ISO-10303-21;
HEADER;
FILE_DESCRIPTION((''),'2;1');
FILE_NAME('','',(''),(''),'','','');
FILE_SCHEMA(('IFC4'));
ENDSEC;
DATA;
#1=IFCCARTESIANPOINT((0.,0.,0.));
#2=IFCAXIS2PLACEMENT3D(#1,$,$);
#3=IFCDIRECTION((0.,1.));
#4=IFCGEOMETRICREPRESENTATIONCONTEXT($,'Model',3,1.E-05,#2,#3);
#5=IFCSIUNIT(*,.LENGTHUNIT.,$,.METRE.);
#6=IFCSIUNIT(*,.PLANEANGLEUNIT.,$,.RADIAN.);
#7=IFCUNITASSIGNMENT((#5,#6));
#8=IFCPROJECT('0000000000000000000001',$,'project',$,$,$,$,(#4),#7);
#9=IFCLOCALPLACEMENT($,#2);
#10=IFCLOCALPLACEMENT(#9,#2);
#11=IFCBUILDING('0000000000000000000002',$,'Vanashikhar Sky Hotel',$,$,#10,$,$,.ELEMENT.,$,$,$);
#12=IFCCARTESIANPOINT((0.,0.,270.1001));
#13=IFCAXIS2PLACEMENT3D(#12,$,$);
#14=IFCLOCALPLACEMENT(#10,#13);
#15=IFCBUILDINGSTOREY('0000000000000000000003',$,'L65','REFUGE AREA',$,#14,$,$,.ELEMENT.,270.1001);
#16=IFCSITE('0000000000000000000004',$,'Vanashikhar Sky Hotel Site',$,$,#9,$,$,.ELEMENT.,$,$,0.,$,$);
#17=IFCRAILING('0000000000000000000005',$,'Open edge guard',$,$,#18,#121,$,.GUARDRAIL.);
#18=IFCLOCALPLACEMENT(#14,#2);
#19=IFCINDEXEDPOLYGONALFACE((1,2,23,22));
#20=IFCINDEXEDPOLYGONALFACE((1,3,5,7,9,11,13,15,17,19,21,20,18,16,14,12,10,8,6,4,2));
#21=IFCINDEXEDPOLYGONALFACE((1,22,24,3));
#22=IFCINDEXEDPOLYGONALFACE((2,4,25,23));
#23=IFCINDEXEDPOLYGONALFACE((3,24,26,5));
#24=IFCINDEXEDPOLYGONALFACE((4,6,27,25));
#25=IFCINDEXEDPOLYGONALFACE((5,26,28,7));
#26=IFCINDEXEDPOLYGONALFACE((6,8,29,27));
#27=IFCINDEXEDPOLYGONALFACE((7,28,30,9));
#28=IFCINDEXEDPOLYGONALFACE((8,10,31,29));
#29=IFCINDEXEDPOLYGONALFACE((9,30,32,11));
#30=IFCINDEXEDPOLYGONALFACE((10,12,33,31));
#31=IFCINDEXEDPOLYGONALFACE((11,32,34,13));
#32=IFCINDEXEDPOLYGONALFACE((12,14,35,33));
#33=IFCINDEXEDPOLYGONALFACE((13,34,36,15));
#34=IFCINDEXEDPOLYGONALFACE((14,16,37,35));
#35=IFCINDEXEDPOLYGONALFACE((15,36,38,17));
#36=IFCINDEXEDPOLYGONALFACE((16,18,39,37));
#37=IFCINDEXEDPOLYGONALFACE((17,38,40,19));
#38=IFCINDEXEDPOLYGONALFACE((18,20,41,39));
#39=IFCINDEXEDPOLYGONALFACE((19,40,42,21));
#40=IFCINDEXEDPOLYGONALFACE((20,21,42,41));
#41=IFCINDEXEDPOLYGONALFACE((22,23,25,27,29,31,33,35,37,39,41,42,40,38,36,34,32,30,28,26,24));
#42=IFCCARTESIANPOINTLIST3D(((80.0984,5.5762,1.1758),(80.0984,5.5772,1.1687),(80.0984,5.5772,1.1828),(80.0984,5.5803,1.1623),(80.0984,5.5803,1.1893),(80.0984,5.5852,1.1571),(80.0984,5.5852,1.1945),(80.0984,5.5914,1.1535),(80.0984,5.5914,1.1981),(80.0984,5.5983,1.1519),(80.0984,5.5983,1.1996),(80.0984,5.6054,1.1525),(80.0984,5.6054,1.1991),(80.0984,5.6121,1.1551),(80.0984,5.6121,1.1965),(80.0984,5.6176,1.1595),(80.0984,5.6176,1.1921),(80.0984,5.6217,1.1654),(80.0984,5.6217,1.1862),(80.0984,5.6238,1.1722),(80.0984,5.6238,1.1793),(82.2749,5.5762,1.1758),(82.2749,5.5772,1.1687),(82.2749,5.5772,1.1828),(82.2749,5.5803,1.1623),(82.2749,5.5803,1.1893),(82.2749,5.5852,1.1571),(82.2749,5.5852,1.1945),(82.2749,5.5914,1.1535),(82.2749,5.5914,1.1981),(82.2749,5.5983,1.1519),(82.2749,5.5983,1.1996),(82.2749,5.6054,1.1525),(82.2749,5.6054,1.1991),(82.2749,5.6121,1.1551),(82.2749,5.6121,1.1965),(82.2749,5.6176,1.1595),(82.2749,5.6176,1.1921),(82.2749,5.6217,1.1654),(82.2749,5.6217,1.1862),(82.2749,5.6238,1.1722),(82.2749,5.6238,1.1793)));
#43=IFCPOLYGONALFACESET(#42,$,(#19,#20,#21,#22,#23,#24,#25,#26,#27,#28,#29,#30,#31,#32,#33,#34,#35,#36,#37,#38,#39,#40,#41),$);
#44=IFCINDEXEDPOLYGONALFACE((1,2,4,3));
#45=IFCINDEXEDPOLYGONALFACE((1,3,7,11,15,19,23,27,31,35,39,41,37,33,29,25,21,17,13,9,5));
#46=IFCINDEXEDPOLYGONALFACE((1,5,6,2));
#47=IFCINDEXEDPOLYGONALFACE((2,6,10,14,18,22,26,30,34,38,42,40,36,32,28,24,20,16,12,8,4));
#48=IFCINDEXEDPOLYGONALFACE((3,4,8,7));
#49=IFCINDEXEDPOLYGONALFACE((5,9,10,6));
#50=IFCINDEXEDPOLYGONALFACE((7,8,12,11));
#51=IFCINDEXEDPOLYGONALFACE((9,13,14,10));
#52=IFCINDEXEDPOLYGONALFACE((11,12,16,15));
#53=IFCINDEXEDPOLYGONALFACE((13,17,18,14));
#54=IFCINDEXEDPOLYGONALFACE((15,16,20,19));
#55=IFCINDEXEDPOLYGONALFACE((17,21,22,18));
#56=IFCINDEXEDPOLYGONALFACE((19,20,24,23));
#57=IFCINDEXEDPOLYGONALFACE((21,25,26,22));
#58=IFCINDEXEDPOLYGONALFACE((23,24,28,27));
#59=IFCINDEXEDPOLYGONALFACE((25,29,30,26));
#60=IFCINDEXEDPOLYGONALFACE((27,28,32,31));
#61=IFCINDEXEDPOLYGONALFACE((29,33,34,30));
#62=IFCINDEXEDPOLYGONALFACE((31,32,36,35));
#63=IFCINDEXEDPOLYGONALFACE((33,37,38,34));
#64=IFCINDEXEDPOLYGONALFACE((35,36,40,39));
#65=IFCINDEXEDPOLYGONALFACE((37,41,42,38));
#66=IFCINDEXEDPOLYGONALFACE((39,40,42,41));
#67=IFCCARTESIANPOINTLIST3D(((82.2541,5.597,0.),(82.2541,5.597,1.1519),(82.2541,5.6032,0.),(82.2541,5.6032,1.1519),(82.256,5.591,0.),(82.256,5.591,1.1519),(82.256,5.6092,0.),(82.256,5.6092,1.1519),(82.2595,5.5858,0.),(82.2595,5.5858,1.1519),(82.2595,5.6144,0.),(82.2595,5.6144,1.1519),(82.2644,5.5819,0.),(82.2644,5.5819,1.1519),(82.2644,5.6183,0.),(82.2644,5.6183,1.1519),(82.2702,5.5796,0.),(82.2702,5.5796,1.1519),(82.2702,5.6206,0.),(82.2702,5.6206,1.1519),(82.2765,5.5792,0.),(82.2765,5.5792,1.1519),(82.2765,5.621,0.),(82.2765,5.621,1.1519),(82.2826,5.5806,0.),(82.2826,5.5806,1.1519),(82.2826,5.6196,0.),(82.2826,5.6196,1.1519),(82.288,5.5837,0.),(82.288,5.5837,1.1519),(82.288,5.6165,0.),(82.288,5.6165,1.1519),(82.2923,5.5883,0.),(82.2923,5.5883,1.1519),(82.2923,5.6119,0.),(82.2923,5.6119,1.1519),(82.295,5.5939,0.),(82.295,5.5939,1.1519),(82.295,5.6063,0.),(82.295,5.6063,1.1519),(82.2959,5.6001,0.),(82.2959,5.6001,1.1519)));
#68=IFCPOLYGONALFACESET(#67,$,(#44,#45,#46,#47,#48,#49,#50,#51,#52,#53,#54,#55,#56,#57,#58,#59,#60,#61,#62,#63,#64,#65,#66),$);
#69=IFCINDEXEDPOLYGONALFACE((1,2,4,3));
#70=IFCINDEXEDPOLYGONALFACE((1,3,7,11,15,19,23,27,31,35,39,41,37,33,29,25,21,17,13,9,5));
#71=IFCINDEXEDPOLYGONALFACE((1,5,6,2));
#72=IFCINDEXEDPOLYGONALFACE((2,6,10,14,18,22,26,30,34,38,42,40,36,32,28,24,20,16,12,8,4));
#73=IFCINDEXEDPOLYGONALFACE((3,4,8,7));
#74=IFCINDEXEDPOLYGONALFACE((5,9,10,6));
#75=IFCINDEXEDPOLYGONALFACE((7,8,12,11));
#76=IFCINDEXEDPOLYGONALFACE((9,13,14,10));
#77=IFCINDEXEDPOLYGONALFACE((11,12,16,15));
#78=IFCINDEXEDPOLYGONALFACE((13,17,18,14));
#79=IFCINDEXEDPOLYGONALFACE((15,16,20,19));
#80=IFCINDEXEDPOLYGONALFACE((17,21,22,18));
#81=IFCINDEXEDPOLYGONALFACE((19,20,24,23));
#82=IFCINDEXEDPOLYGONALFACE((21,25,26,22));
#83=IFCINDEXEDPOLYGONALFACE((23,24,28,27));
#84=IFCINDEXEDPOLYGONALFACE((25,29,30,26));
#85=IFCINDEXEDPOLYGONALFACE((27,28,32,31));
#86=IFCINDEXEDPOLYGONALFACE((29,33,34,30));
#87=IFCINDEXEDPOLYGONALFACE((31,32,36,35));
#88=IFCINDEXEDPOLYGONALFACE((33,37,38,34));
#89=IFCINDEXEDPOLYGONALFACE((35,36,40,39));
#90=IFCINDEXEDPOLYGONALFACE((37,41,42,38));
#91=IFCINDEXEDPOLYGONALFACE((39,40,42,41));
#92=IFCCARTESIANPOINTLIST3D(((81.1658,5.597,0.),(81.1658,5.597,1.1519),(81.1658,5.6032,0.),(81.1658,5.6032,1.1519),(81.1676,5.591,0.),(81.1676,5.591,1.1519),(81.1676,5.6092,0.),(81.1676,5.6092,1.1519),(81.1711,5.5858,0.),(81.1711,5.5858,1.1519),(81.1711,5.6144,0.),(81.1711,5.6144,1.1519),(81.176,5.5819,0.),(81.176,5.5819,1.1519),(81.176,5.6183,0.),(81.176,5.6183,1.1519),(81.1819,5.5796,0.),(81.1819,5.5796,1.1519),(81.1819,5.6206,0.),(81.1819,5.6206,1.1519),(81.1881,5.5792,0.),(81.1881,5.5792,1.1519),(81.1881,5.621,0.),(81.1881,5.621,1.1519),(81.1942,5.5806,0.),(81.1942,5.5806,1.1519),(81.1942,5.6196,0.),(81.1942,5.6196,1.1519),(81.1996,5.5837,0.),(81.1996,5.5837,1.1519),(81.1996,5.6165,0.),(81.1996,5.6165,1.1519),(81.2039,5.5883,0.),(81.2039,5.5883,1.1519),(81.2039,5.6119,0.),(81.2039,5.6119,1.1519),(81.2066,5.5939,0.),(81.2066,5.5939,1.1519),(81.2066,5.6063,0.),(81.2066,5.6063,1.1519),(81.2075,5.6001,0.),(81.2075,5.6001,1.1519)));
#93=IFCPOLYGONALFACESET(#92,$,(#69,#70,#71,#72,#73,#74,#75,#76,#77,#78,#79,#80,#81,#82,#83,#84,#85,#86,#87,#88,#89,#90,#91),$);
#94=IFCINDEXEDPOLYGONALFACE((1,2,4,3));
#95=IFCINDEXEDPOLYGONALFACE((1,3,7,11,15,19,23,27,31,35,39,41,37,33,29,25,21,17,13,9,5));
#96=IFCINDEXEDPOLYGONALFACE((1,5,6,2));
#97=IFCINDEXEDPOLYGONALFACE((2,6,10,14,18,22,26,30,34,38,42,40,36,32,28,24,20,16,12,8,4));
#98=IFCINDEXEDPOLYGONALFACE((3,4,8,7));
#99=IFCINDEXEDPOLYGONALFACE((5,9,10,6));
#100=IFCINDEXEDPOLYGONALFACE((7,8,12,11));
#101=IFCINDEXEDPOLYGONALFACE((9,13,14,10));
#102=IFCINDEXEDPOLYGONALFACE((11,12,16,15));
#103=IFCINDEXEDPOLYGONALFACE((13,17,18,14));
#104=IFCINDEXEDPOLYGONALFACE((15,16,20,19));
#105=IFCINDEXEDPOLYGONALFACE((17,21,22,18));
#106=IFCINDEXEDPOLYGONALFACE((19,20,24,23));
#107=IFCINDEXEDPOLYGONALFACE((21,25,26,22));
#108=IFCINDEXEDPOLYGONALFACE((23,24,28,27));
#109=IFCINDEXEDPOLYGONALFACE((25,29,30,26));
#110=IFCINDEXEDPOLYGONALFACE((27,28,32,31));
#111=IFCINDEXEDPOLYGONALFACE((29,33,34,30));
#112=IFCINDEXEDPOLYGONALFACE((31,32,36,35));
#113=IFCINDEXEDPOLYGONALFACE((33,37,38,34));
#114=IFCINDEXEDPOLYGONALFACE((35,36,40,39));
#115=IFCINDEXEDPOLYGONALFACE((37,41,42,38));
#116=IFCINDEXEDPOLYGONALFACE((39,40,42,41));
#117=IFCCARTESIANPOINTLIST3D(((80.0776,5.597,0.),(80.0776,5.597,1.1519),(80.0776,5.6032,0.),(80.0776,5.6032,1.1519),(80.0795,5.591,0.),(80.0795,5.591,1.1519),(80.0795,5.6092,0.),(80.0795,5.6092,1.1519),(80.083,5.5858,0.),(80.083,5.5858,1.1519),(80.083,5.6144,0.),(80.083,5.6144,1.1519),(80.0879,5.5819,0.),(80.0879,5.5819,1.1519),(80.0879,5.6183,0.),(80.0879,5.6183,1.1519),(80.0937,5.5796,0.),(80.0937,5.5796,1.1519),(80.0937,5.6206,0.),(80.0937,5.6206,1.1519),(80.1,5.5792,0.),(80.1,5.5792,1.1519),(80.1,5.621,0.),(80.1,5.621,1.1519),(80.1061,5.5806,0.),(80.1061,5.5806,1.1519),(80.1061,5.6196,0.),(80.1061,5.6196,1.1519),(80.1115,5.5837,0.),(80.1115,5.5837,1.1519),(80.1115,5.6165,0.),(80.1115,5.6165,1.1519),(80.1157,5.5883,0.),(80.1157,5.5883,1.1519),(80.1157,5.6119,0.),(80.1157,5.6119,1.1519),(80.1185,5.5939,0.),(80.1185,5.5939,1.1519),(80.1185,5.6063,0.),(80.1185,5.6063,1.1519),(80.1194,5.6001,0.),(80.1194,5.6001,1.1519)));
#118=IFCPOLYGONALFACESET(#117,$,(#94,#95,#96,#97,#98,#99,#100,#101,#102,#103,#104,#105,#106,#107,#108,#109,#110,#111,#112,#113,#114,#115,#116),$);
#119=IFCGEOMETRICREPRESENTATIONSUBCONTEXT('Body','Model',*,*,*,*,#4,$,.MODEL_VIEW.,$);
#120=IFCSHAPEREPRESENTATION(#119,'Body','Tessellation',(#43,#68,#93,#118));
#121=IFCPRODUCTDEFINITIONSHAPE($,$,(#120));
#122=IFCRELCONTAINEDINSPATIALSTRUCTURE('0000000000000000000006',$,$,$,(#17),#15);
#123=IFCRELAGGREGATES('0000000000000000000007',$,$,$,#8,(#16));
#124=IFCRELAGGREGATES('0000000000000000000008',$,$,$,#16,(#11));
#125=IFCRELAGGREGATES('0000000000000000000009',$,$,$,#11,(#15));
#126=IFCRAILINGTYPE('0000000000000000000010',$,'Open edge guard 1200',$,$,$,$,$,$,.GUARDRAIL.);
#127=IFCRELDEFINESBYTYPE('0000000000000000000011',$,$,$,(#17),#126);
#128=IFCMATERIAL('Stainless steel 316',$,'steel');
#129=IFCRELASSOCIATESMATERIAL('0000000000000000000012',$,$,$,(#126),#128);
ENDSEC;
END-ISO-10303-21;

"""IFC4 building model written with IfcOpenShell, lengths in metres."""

from ifc_helpers import new_model, si_unit, direction, frame, origin, origin_2d, place, context, subcontext, project, spatial, circle, extrude, source, transform, mapped, material, type_object, element, save


model = new_model("IFC4")

# Units and contexts
model_context = context("Model", 3, precision=1e-05, world=origin(), true_north=direction((0.0, 1.0)))
body_context = subcontext(model_context, "Body", "Model", "MODEL_VIEW")
ifc_project = project(units=[si_unit("LENGTHUNIT", "METRE"), si_unit("PLANEANGLEUNIT", "RADIAN")], contexts=[model_context])

# Site, building, storey
site_placement = place(None, origin())
site = spatial("IfcSite", under=ifc_project, at=site_placement, Name="Vanashikhar Sky Hotel Site", CompositionType="ELEMENT", RefElevation=0.0)
building_placement = place(site_placement, origin())
building = spatial("IfcBuilding", under=site, at=building_placement, Name="Vanashikhar Sky Hotel", CompositionType="ELEMENT")
storey_placement = place(building_placement, frame((0.0, 0.0, 270.1001)))
storey = spatial("IfcBuildingStorey", under=building, at=storey_placement, Name="L65", Description="REFUGE AREA", CompositionType="ELEMENT", Elevation=270.1001)

# Railing
ifc_material_1 = material(Name="Stainless steel 316", Category="steel")
railing_type = type_object("IfcRailingType", Name="Open edge guard 1200", PredefinedType="GUARDRAIL", material=ifc_material_1)
shared_shape_1 = source(origin(), body_context, "Body", "SweptSolid", [
    extrude(circle(Radius=0.0239, at=origin_2d()), frame((0.0, 0.0, 1.1758), z_axis=(-1.0, 0.0, 0.0), x_axis=(0.0, -1.0, 0.0)), (0.0, 0.0, 1.0), 2.1765),
    extrude(circle(Radius=0.021, at=origin_2d()), origin(), (0.0, 0.0, 1.0), 1.1519),
    extrude(circle(Radius=0.021, at=origin_2d()), frame((-1.0884, 0.0, 0.0)), (0.0, 0.0, 1.0), 1.1519),
    extrude(circle(Radius=0.021, at=origin_2d()), frame((-2.1765, 0.0, 0.0)), (0.0, 0.0, 1.0), 1.1519),
])
railing_1_placement = place(storey_placement, frame((82.2749, 5.6001, 0.0)))
element("IfcRailing", 1, at=railing_1_placement, inside=storey, type_object=railing_type, Name="Open edge guard", PredefinedType="GUARDRAIL", context=body_context, shape_type="MappedRepresentation", body=[
    mapped(shared_shape_1, transform((0.0, 0.0, 0.0), scale=1.0)),
])

save(model, "model.ifc")
